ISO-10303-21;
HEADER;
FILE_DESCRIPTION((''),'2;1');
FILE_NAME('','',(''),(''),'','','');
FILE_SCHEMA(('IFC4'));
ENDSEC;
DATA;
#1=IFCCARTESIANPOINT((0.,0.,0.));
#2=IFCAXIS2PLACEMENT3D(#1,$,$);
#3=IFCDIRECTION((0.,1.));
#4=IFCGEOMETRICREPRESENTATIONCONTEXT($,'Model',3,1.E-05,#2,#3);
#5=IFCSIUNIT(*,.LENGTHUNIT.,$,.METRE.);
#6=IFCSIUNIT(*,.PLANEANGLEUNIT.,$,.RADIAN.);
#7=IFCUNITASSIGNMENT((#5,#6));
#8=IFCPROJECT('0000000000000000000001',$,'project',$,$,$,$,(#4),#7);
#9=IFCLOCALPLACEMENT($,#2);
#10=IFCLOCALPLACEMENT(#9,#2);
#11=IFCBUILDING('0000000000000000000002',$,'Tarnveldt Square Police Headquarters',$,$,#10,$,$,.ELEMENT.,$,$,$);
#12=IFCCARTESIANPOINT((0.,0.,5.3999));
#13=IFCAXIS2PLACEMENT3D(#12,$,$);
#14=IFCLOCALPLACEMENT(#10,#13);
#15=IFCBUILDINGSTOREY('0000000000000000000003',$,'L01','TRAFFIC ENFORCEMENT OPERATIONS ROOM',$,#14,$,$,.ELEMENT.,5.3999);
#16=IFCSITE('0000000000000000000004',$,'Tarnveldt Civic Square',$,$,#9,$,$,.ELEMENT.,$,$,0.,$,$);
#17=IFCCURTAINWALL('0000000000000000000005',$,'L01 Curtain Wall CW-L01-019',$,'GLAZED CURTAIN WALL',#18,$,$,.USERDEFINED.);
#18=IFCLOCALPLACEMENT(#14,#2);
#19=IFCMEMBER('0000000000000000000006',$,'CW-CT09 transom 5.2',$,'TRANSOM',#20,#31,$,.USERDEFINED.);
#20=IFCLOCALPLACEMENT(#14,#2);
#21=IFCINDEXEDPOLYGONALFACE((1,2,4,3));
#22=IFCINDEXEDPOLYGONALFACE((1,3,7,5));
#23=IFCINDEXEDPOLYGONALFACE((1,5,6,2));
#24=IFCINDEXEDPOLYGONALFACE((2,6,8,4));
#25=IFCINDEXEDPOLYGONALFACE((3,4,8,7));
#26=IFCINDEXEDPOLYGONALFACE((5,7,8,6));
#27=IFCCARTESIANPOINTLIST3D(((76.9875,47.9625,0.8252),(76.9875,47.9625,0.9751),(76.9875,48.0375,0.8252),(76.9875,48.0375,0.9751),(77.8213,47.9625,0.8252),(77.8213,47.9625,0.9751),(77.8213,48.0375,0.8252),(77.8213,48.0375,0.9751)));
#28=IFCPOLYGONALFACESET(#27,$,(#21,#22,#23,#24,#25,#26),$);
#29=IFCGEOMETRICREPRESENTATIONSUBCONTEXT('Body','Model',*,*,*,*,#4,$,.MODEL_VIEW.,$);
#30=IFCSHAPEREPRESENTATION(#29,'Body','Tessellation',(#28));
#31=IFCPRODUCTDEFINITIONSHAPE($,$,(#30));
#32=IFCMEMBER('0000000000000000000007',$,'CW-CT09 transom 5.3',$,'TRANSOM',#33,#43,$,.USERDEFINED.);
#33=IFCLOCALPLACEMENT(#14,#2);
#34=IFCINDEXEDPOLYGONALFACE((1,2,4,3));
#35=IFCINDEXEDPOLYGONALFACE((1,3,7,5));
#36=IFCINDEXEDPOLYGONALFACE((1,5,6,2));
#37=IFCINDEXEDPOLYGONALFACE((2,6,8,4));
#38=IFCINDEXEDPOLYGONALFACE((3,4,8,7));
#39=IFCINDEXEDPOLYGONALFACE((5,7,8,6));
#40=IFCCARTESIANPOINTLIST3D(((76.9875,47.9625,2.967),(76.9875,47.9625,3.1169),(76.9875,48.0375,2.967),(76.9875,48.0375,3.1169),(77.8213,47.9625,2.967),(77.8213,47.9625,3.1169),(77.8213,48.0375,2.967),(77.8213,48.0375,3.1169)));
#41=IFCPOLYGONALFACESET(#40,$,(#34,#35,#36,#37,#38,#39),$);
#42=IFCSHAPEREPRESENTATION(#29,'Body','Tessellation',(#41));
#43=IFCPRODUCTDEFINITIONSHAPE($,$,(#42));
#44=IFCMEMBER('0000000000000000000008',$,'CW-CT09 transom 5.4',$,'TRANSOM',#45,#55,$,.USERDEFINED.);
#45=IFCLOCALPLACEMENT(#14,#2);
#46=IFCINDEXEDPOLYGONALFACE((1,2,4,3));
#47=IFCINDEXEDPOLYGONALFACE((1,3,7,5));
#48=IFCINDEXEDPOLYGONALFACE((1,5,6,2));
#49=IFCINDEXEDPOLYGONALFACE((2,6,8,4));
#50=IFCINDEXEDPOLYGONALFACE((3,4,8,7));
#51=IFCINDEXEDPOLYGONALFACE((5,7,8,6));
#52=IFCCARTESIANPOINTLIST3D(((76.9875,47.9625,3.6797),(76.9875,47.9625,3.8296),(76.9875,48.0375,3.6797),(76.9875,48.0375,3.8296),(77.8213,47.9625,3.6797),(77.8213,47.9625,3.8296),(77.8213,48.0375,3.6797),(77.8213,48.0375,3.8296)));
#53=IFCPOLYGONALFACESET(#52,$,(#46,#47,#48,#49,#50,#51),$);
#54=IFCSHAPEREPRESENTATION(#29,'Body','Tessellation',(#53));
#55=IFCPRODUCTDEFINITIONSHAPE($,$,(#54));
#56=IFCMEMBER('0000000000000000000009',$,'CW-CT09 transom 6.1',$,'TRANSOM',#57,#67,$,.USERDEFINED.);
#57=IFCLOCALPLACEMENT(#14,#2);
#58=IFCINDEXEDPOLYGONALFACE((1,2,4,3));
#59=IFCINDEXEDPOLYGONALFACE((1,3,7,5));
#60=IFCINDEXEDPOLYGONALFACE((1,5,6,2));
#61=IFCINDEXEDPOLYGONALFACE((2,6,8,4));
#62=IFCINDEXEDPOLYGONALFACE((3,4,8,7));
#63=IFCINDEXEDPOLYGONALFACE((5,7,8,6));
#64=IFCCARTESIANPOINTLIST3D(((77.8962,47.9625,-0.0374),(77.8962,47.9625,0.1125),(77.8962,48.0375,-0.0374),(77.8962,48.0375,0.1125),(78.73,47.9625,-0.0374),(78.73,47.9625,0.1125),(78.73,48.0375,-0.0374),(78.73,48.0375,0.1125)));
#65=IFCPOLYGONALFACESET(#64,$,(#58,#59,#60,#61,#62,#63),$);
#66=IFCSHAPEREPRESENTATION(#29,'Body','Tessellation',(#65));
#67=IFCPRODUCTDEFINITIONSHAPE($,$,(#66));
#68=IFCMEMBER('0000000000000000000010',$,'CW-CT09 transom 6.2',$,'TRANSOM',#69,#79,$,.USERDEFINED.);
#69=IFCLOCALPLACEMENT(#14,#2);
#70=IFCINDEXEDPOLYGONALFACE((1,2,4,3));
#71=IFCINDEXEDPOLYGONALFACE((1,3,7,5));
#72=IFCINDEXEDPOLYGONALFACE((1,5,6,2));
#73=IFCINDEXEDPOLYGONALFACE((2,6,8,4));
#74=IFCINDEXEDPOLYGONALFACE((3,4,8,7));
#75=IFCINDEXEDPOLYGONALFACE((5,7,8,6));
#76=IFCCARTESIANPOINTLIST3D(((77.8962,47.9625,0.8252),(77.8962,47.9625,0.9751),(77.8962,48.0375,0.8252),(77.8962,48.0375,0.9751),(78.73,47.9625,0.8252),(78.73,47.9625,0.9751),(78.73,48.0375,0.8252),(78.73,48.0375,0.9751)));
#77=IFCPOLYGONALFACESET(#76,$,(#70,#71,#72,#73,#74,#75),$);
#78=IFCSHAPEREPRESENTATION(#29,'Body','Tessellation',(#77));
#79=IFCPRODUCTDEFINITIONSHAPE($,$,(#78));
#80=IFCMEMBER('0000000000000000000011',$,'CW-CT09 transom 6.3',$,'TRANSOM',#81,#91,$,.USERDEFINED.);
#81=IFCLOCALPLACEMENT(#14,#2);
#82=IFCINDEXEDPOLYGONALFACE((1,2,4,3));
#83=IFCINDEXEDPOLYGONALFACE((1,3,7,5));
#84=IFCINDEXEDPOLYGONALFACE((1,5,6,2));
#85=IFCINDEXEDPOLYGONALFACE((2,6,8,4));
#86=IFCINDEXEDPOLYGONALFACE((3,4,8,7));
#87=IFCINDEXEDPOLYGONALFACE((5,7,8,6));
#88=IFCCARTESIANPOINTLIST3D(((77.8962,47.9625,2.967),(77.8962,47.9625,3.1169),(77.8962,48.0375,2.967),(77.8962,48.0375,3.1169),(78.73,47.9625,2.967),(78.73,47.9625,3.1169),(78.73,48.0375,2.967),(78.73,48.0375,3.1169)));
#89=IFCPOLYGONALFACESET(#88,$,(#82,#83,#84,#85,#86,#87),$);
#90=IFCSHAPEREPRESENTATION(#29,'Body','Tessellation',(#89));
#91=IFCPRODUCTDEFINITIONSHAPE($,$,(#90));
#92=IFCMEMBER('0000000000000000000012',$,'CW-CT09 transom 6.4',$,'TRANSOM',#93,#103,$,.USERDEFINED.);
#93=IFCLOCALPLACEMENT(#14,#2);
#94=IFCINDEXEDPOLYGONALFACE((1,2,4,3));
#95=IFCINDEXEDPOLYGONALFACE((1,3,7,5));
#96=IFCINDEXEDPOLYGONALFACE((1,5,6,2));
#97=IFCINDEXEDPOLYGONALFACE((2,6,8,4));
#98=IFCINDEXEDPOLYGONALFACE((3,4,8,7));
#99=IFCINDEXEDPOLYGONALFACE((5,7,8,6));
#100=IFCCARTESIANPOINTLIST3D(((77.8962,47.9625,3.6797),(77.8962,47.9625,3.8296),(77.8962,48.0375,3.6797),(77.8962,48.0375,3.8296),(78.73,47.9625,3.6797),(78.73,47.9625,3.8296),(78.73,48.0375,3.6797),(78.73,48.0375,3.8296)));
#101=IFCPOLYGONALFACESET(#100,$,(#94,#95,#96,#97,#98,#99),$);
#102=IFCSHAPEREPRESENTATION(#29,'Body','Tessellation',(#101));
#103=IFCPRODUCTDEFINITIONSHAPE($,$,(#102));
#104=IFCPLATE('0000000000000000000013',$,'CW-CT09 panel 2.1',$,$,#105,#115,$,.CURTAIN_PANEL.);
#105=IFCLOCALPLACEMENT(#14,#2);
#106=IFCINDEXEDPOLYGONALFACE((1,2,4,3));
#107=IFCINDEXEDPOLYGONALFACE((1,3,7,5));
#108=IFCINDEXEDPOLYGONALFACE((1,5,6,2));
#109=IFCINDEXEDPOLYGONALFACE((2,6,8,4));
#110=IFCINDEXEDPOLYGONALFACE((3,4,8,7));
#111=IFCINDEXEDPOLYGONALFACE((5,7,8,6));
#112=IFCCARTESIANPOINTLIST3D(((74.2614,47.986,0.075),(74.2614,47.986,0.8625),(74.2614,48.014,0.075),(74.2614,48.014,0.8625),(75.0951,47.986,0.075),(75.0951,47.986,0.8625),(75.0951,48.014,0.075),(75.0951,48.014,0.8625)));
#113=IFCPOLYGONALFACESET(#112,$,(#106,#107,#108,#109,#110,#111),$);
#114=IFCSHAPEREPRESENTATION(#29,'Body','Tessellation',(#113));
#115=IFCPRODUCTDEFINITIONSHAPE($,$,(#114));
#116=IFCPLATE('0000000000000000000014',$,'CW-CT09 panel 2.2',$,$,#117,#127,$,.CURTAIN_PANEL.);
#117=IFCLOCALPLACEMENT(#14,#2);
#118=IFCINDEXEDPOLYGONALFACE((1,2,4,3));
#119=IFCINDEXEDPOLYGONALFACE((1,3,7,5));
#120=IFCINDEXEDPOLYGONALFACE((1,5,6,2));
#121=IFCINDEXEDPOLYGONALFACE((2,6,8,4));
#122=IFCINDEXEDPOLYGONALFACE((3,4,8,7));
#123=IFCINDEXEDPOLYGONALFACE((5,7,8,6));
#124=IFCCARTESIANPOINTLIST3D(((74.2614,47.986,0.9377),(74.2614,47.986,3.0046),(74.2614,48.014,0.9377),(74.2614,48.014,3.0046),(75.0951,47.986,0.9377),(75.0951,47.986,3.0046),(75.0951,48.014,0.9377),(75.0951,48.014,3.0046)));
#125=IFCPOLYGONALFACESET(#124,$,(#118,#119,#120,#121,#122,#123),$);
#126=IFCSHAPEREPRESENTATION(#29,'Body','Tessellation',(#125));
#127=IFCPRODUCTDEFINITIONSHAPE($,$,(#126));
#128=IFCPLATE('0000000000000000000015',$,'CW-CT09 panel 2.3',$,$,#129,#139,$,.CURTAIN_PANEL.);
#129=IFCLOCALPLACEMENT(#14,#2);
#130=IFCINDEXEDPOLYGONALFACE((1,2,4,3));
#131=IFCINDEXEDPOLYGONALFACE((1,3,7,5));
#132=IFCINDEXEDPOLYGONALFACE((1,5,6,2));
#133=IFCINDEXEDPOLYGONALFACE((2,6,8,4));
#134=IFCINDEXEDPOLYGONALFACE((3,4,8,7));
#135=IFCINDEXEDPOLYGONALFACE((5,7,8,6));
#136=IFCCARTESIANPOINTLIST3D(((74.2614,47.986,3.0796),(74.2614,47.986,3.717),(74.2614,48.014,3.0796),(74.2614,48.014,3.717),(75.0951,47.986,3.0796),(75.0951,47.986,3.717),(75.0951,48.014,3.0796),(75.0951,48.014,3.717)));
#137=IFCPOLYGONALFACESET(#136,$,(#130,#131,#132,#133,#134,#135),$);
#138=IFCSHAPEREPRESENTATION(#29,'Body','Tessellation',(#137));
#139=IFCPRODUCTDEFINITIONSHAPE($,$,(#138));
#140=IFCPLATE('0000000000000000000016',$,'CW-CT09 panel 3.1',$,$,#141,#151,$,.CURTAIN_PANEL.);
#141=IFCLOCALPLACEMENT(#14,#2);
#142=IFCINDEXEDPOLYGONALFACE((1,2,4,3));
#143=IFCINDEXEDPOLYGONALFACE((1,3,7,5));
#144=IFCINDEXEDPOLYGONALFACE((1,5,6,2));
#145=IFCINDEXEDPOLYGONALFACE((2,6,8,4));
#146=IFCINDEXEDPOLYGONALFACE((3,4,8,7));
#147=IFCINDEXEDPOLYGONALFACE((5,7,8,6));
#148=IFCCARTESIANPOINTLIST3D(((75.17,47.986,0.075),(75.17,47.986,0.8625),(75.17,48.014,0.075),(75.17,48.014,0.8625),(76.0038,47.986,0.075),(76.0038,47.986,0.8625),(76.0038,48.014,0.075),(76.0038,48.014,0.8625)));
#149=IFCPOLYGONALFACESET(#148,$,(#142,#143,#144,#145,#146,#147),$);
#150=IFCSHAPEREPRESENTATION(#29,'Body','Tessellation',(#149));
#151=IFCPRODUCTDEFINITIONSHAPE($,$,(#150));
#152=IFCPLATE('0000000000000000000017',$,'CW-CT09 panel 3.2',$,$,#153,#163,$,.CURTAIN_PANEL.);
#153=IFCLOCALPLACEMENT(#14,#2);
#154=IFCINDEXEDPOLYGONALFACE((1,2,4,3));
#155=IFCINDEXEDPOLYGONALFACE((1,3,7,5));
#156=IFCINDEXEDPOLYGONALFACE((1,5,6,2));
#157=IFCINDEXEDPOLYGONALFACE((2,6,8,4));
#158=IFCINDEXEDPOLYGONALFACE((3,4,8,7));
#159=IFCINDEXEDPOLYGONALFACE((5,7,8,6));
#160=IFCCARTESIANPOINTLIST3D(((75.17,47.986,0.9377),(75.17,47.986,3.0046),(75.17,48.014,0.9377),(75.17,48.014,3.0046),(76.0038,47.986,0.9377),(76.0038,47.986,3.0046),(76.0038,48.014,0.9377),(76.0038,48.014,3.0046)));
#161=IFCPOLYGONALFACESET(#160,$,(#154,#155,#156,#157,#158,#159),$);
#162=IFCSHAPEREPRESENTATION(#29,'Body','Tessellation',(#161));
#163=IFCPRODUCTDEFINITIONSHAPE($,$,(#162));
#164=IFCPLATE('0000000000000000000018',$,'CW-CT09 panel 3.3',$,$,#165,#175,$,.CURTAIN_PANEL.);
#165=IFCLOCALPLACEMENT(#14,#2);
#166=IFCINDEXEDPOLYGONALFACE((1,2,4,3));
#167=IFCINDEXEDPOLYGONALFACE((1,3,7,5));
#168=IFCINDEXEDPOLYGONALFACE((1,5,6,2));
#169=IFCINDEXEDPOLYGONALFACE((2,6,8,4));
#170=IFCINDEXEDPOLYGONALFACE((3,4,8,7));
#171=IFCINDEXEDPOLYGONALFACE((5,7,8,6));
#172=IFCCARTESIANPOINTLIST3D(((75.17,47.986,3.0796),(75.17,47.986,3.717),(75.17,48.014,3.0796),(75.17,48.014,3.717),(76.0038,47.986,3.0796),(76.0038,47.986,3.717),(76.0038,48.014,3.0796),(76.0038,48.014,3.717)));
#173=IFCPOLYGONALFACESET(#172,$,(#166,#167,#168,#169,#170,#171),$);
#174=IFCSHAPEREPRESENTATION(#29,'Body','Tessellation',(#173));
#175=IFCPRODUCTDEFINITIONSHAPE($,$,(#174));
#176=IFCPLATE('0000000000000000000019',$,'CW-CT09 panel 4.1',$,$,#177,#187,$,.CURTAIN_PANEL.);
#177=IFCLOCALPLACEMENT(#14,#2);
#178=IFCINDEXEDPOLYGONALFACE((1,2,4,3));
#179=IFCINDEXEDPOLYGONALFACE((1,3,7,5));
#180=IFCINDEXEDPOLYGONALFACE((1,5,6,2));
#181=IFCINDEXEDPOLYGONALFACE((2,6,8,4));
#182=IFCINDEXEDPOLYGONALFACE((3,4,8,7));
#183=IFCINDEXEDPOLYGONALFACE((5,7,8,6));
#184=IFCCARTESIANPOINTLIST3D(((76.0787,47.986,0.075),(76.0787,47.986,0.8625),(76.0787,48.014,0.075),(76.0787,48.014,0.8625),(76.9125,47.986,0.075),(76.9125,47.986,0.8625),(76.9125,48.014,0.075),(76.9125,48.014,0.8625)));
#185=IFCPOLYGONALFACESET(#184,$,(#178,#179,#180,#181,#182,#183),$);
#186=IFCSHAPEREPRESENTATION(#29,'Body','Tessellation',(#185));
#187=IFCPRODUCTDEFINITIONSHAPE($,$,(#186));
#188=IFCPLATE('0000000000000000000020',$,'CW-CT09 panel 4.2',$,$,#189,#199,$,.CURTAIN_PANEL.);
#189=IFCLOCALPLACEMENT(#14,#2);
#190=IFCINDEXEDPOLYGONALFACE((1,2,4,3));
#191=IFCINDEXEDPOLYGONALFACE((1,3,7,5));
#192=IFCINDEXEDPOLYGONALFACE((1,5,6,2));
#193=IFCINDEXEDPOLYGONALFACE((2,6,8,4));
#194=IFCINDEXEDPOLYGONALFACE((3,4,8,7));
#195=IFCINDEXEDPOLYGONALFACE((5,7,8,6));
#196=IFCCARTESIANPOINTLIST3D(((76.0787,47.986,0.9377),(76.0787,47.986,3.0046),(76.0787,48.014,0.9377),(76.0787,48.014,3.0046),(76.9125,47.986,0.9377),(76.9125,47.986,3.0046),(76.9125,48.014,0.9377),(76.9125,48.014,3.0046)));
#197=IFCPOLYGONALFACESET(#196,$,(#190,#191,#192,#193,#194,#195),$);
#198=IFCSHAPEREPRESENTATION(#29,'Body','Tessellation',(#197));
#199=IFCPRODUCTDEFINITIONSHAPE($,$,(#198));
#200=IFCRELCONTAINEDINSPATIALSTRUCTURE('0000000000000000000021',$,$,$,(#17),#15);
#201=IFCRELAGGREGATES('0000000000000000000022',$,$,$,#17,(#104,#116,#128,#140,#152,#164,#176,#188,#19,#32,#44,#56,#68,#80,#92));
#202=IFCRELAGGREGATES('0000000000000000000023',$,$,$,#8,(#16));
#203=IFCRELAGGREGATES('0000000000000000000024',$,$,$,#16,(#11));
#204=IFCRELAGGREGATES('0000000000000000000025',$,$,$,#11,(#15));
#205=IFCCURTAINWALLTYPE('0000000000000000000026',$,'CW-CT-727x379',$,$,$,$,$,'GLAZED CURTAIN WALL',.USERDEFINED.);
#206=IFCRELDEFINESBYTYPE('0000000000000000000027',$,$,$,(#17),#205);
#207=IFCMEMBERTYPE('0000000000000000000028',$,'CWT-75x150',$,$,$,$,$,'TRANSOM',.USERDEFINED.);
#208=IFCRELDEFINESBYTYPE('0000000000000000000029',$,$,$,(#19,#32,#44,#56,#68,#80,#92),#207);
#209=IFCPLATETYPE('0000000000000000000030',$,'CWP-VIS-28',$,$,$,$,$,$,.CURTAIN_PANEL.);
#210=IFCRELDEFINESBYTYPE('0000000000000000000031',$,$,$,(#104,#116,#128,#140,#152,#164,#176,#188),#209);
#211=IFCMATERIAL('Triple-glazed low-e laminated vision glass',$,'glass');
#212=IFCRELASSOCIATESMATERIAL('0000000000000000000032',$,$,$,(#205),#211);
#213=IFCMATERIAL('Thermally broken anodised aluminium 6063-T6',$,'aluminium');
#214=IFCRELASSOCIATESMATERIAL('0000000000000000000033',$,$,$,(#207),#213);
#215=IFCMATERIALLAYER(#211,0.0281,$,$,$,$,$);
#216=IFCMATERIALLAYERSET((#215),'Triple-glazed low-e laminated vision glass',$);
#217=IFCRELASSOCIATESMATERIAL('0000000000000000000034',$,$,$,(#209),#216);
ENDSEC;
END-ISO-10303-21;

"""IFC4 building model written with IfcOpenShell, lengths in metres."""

from ifc_helpers import new_model, si_unit, direction, frame, origin, origin_2d, place, context, subcontext, project, spatial, rectangle, extrude, material, layer, layer_set, material_profile, profile_set, type_object, element, aggregate, save


model = new_model("IFC4")

# Units and contexts
model_context = context("Model", 3, precision=1e-05, world=origin(), true_north=direction((0.0, 1.0)))
body_context = subcontext(model_context, "Body", "Model", "MODEL_VIEW")
ifc_project = project(units=[si_unit("LENGTHUNIT", "METRE"), si_unit("PLANEANGLEUNIT", "RADIAN")], contexts=[model_context])

# Site, building, storey
site_placement = place(None, origin())
site = spatial("IfcSite", under=ifc_project, at=site_placement, Name="Tarnveldt Civic Square", CompositionType="ELEMENT", RefElevation=0.0)
building_placement = place(site_placement, origin())
building = spatial("IfcBuilding", under=site, at=building_placement, Name="Tarnveldt Square Police Headquarters", CompositionType="ELEMENT")
storey_placement = place(building_placement, frame((0.0, 0.0, 5.3999)))
storey = spatial("IfcBuildingStorey", under=building, at=storey_placement, Name="L01", Description="TRAFFIC ENFORCEMENT OPERATIONS ROOM", CompositionType="ELEMENT", Elevation=5.3999)

# Curtain wall, members, plates
ifc_material_1 = material(Name="Triple-glazed low-e laminated vision glass", Category="glass")
curtain_wall_type = type_object("IfcCurtainWallType", Name="CW-CT-727x379", ElementType="GLAZED CURTAIN WALL", PredefinedType="USERDEFINED", material=ifc_material_1)
curtain_wall_placement = place(storey_placement, origin())
curtain_wall = element("IfcCurtainWall", 1, at=curtain_wall_placement, inside=storey, type_object=curtain_wall_type, Name="L01 Curtain Wall CW-L01-019", ObjectType="GLAZED CURTAIN WALL", PredefinedType="USERDEFINED")
ifc_material_2 = material(Name="Thermally broken anodised aluminium 6063-T6", Category="aluminium")
ifc_material_profile_1 = material_profile(ifc_material_2, rectangle(XDim=0.075, YDim=0.1499, at=origin_2d()), Name="CW-T75x150")
ifc_profile_set_1 = profile_set([ifc_material_profile_1], Name="Thermally broken anodised aluminium 6063-T6")
member_type_1 = type_object("IfcMemberType", Name="CWT-75x150", ElementType="TRANSOM", PredefinedType="USERDEFINED", material=ifc_profile_set_1)
member_1_placement = place(storey_placement, frame((76.9875, 48.0, 0.9001), z_axis=(1.0, 0.0, 0.0), x_axis=(0.0, 1.0, 0.0)))
member_1 = element("IfcMember", 2, at=member_1_placement, type_object=member_type_1, Name="CW-CT09 transom 5.2", ObjectType="TRANSOM", PredefinedType="USERDEFINED", context=body_context, shape_type="SweptSolid", body=[
    extrude(rectangle(XDim=0.075, YDim=0.1499, at=origin_2d()), origin(), (0.0, 0.0, 1.0), 0.8337),
])
member_2_placement = place(storey_placement, frame((76.9875, 48.0, 3.042), z_axis=(1.0, 0.0, 0.0), x_axis=(0.0, 1.0, 0.0)))
member_2 = element("IfcMember", 3, at=member_2_placement, type_object=member_type_1, Name="CW-CT09 transom 5.3", ObjectType="TRANSOM", PredefinedType="USERDEFINED", context=body_context, shape_type="SweptSolid", body=[
    extrude(rectangle(XDim=0.075, YDim=0.1499, at=origin_2d()), origin(), (0.0, 0.0, 1.0), 0.8337),
])
member_3_placement = place(storey_placement, frame((76.9875, 48.0, 3.7546), z_axis=(1.0, 0.0, 0.0), x_axis=(0.0, 1.0, 0.0)))
member_3 = element("IfcMember", 4, at=member_3_placement, type_object=member_type_1, Name="CW-CT09 transom 5.4", ObjectType="TRANSOM", PredefinedType="USERDEFINED", context=body_context, shape_type="SweptSolid", body=[
    extrude(rectangle(XDim=0.075, YDim=0.1499, at=origin_2d()), origin(), (0.0, 0.0, 1.0), 0.8337),
])
member_4_placement = place(storey_placement, frame((77.8962, 48.0, 0.0376), z_axis=(1.0, 0.0, 0.0), x_axis=(0.0, 1.0, 0.0)))
member_4 = element("IfcMember", 5, at=member_4_placement, type_object=member_type_1, Name="CW-CT09 transom 6.1", ObjectType="TRANSOM", PredefinedType="USERDEFINED", context=body_context, shape_type="SweptSolid", body=[
    extrude(rectangle(XDim=0.075, YDim=0.1499, at=origin_2d()), origin(), (0.0, 0.0, 1.0), 0.8337),
])
member_5_placement = place(storey_placement, frame((77.8962, 48.0, 0.9001), z_axis=(1.0, 0.0, 0.0), x_axis=(0.0, 1.0, 0.0)))
member_5 = element("IfcMember", 6, at=member_5_placement, type_object=member_type_1, Name="CW-CT09 transom 6.2", ObjectType="TRANSOM", PredefinedType="USERDEFINED", context=body_context, shape_type="SweptSolid", body=[
    extrude(rectangle(XDim=0.075, YDim=0.1499, at=origin_2d()), origin(), (0.0, 0.0, 1.0), 0.8337),
])
member_6_placement = place(storey_placement, frame((77.8962, 48.0, 3.042), z_axis=(1.0, 0.0, 0.0), x_axis=(0.0, 1.0, 0.0)))
member_6 = element("IfcMember", 7, at=member_6_placement, type_object=member_type_1, Name="CW-CT09 transom 6.3", ObjectType="TRANSOM", PredefinedType="USERDEFINED", context=body_context, shape_type="SweptSolid", body=[
    extrude(rectangle(XDim=0.075, YDim=0.1499, at=origin_2d()), origin(), (0.0, 0.0, 1.0), 0.8337),
])
member_7_placement = place(storey_placement, frame((77.8962, 48.0, 3.7546), z_axis=(1.0, 0.0, 0.0), x_axis=(0.0, 1.0, 0.0)))
member_7 = element("IfcMember", 8, at=member_7_placement, type_object=member_type_1, Name="CW-CT09 transom 6.4", ObjectType="TRANSOM", PredefinedType="USERDEFINED", context=body_context, shape_type="SweptSolid", body=[
    extrude(rectangle(XDim=0.075, YDim=0.1499, at=origin_2d()), origin(), (0.0, 0.0, 1.0), 0.8337),
])
ifc_layer = layer(ifc_material_1, 0.0281)
ifc_layer_set = layer_set([ifc_layer], Name="Triple-glazed low-e laminated vision glass")
plate_type = type_object("IfcPlateType", Name="CWP-VIS-28", PredefinedType="CURTAIN_PANEL", material=ifc_layer_set)
plate_1_placement = place(storey_placement, frame((74.6782, 48.0, 0.075), z_axis=(0.0, 0.0, 1.0), x_axis=(1.0, 0.0, 0.0)))
plate_1 = element("IfcPlate", 9, at=plate_1_placement, type_object=plate_type, Name="CW-CT09 panel 2.1", PredefinedType="CURTAIN_PANEL", context=body_context, shape_type="SweptSolid", body=[
    extrude(rectangle(XDim=0.8337, YDim=0.0281, at=origin_2d()), origin(), (0.0, 0.0, 1.0), 0.7876),
])
plate_2_placement = place(storey_placement, frame((74.6782, 48.0, 0.9377), z_axis=(0.0, 0.0, 1.0), x_axis=(1.0, 0.0, 0.0)))
plate_2 = element("IfcPlate", 10, at=plate_2_placement, type_object=plate_type, Name="CW-CT09 panel 2.2", PredefinedType="CURTAIN_PANEL", context=body_context, shape_type="SweptSolid", body=[
    extrude(rectangle(XDim=0.8337, YDim=0.0281, at=origin_2d()), origin(), (0.0, 0.0, 1.0), 2.0669),
])
plate_3_placement = place(storey_placement, frame((74.6782, 48.0, 3.0796), z_axis=(0.0, 0.0, 1.0), x_axis=(1.0, 0.0, 0.0)))
plate_3 = element("IfcPlate", 11, at=plate_3_placement, type_object=plate_type, Name="CW-CT09 panel 2.3", PredefinedType="CURTAIN_PANEL", context=body_context, shape_type="SweptSolid", body=[
    extrude(rectangle(XDim=0.8337, YDim=0.0281, at=origin_2d()), origin(), (0.0, 0.0, 1.0), 0.6375),
])
plate_4_placement = place(storey_placement, frame((75.5869, 48.0, 0.075), z_axis=(0.0, 0.0, 1.0), x_axis=(1.0, 0.0, 0.0)))
plate_4 = element("IfcPlate", 12, at=plate_4_placement, type_object=plate_type, Name="CW-CT09 panel 3.1", PredefinedType="CURTAIN_PANEL", context=body_context, shape_type="SweptSolid", body=[
    extrude(rectangle(XDim=0.8337, YDim=0.0281, at=origin_2d()), origin(), (0.0, 0.0, 1.0), 0.7876),
])
plate_5_placement = place(storey_placement, frame((75.5869, 48.0, 0.9377), z_axis=(0.0, 0.0, 1.0), x_axis=(1.0, 0.0, 0.0)))
plate_5 = element("IfcPlate", 13, at=plate_5_placement, type_object=plate_type, Name="CW-CT09 panel 3.2", PredefinedType="CURTAIN_PANEL", context=body_context, shape_type="SweptSolid", body=[
    extrude(rectangle(XDim=0.8337, YDim=0.0281, at=origin_2d()), origin(), (0.0, 0.0, 1.0), 2.0669),
])
plate_6_placement = place(storey_placement, frame((75.5869, 48.0, 3.0796), z_axis=(0.0, 0.0, 1.0), x_axis=(1.0, 0.0, 0.0)))
plate_6 = element("IfcPlate", 14, at=plate_6_placement, type_object=plate_type, Name="CW-CT09 panel 3.3", PredefinedType="CURTAIN_PANEL", context=body_context, shape_type="SweptSolid", body=[
    extrude(rectangle(XDim=0.8337, YDim=0.0281, at=origin_2d()), origin(), (0.0, 0.0, 1.0), 0.6375),
])
plate_7_placement = place(storey_placement, frame((76.4956, 48.0, 0.075), z_axis=(0.0, 0.0, 1.0), x_axis=(1.0, 0.0, 0.0)))
plate_7 = element("IfcPlate", 15, at=plate_7_placement, type_object=plate_type, Name="CW-CT09 panel 4.1", PredefinedType="CURTAIN_PANEL", context=body_context, shape_type="SweptSolid", body=[
    extrude(rectangle(XDim=0.8337, YDim=0.0281, at=origin_2d()), origin(), (0.0, 0.0, 1.0), 0.7876),
])
plate_8_placement = place(storey_placement, frame((76.4956, 48.0, 0.9377), z_axis=(0.0, 0.0, 1.0), x_axis=(1.0, 0.0, 0.0)))
plate_8 = element("IfcPlate", 16, at=plate_8_placement, type_object=plate_type, Name="CW-CT09 panel 4.2", PredefinedType="CURTAIN_PANEL", context=body_context, shape_type="SweptSolid", body=[
    extrude(rectangle(XDim=0.8337, YDim=0.0281, at=origin_2d()), origin(), (0.0, 0.0, 1.0), 2.0669),
])
aggregate(curtain_wall, [plate_1, plate_2, plate_3, plate_4, plate_5, plate_6, plate_7, plate_8, member_1, member_2, member_3, member_4, member_5, member_6, member_7])

save(model, "model.ifc")
